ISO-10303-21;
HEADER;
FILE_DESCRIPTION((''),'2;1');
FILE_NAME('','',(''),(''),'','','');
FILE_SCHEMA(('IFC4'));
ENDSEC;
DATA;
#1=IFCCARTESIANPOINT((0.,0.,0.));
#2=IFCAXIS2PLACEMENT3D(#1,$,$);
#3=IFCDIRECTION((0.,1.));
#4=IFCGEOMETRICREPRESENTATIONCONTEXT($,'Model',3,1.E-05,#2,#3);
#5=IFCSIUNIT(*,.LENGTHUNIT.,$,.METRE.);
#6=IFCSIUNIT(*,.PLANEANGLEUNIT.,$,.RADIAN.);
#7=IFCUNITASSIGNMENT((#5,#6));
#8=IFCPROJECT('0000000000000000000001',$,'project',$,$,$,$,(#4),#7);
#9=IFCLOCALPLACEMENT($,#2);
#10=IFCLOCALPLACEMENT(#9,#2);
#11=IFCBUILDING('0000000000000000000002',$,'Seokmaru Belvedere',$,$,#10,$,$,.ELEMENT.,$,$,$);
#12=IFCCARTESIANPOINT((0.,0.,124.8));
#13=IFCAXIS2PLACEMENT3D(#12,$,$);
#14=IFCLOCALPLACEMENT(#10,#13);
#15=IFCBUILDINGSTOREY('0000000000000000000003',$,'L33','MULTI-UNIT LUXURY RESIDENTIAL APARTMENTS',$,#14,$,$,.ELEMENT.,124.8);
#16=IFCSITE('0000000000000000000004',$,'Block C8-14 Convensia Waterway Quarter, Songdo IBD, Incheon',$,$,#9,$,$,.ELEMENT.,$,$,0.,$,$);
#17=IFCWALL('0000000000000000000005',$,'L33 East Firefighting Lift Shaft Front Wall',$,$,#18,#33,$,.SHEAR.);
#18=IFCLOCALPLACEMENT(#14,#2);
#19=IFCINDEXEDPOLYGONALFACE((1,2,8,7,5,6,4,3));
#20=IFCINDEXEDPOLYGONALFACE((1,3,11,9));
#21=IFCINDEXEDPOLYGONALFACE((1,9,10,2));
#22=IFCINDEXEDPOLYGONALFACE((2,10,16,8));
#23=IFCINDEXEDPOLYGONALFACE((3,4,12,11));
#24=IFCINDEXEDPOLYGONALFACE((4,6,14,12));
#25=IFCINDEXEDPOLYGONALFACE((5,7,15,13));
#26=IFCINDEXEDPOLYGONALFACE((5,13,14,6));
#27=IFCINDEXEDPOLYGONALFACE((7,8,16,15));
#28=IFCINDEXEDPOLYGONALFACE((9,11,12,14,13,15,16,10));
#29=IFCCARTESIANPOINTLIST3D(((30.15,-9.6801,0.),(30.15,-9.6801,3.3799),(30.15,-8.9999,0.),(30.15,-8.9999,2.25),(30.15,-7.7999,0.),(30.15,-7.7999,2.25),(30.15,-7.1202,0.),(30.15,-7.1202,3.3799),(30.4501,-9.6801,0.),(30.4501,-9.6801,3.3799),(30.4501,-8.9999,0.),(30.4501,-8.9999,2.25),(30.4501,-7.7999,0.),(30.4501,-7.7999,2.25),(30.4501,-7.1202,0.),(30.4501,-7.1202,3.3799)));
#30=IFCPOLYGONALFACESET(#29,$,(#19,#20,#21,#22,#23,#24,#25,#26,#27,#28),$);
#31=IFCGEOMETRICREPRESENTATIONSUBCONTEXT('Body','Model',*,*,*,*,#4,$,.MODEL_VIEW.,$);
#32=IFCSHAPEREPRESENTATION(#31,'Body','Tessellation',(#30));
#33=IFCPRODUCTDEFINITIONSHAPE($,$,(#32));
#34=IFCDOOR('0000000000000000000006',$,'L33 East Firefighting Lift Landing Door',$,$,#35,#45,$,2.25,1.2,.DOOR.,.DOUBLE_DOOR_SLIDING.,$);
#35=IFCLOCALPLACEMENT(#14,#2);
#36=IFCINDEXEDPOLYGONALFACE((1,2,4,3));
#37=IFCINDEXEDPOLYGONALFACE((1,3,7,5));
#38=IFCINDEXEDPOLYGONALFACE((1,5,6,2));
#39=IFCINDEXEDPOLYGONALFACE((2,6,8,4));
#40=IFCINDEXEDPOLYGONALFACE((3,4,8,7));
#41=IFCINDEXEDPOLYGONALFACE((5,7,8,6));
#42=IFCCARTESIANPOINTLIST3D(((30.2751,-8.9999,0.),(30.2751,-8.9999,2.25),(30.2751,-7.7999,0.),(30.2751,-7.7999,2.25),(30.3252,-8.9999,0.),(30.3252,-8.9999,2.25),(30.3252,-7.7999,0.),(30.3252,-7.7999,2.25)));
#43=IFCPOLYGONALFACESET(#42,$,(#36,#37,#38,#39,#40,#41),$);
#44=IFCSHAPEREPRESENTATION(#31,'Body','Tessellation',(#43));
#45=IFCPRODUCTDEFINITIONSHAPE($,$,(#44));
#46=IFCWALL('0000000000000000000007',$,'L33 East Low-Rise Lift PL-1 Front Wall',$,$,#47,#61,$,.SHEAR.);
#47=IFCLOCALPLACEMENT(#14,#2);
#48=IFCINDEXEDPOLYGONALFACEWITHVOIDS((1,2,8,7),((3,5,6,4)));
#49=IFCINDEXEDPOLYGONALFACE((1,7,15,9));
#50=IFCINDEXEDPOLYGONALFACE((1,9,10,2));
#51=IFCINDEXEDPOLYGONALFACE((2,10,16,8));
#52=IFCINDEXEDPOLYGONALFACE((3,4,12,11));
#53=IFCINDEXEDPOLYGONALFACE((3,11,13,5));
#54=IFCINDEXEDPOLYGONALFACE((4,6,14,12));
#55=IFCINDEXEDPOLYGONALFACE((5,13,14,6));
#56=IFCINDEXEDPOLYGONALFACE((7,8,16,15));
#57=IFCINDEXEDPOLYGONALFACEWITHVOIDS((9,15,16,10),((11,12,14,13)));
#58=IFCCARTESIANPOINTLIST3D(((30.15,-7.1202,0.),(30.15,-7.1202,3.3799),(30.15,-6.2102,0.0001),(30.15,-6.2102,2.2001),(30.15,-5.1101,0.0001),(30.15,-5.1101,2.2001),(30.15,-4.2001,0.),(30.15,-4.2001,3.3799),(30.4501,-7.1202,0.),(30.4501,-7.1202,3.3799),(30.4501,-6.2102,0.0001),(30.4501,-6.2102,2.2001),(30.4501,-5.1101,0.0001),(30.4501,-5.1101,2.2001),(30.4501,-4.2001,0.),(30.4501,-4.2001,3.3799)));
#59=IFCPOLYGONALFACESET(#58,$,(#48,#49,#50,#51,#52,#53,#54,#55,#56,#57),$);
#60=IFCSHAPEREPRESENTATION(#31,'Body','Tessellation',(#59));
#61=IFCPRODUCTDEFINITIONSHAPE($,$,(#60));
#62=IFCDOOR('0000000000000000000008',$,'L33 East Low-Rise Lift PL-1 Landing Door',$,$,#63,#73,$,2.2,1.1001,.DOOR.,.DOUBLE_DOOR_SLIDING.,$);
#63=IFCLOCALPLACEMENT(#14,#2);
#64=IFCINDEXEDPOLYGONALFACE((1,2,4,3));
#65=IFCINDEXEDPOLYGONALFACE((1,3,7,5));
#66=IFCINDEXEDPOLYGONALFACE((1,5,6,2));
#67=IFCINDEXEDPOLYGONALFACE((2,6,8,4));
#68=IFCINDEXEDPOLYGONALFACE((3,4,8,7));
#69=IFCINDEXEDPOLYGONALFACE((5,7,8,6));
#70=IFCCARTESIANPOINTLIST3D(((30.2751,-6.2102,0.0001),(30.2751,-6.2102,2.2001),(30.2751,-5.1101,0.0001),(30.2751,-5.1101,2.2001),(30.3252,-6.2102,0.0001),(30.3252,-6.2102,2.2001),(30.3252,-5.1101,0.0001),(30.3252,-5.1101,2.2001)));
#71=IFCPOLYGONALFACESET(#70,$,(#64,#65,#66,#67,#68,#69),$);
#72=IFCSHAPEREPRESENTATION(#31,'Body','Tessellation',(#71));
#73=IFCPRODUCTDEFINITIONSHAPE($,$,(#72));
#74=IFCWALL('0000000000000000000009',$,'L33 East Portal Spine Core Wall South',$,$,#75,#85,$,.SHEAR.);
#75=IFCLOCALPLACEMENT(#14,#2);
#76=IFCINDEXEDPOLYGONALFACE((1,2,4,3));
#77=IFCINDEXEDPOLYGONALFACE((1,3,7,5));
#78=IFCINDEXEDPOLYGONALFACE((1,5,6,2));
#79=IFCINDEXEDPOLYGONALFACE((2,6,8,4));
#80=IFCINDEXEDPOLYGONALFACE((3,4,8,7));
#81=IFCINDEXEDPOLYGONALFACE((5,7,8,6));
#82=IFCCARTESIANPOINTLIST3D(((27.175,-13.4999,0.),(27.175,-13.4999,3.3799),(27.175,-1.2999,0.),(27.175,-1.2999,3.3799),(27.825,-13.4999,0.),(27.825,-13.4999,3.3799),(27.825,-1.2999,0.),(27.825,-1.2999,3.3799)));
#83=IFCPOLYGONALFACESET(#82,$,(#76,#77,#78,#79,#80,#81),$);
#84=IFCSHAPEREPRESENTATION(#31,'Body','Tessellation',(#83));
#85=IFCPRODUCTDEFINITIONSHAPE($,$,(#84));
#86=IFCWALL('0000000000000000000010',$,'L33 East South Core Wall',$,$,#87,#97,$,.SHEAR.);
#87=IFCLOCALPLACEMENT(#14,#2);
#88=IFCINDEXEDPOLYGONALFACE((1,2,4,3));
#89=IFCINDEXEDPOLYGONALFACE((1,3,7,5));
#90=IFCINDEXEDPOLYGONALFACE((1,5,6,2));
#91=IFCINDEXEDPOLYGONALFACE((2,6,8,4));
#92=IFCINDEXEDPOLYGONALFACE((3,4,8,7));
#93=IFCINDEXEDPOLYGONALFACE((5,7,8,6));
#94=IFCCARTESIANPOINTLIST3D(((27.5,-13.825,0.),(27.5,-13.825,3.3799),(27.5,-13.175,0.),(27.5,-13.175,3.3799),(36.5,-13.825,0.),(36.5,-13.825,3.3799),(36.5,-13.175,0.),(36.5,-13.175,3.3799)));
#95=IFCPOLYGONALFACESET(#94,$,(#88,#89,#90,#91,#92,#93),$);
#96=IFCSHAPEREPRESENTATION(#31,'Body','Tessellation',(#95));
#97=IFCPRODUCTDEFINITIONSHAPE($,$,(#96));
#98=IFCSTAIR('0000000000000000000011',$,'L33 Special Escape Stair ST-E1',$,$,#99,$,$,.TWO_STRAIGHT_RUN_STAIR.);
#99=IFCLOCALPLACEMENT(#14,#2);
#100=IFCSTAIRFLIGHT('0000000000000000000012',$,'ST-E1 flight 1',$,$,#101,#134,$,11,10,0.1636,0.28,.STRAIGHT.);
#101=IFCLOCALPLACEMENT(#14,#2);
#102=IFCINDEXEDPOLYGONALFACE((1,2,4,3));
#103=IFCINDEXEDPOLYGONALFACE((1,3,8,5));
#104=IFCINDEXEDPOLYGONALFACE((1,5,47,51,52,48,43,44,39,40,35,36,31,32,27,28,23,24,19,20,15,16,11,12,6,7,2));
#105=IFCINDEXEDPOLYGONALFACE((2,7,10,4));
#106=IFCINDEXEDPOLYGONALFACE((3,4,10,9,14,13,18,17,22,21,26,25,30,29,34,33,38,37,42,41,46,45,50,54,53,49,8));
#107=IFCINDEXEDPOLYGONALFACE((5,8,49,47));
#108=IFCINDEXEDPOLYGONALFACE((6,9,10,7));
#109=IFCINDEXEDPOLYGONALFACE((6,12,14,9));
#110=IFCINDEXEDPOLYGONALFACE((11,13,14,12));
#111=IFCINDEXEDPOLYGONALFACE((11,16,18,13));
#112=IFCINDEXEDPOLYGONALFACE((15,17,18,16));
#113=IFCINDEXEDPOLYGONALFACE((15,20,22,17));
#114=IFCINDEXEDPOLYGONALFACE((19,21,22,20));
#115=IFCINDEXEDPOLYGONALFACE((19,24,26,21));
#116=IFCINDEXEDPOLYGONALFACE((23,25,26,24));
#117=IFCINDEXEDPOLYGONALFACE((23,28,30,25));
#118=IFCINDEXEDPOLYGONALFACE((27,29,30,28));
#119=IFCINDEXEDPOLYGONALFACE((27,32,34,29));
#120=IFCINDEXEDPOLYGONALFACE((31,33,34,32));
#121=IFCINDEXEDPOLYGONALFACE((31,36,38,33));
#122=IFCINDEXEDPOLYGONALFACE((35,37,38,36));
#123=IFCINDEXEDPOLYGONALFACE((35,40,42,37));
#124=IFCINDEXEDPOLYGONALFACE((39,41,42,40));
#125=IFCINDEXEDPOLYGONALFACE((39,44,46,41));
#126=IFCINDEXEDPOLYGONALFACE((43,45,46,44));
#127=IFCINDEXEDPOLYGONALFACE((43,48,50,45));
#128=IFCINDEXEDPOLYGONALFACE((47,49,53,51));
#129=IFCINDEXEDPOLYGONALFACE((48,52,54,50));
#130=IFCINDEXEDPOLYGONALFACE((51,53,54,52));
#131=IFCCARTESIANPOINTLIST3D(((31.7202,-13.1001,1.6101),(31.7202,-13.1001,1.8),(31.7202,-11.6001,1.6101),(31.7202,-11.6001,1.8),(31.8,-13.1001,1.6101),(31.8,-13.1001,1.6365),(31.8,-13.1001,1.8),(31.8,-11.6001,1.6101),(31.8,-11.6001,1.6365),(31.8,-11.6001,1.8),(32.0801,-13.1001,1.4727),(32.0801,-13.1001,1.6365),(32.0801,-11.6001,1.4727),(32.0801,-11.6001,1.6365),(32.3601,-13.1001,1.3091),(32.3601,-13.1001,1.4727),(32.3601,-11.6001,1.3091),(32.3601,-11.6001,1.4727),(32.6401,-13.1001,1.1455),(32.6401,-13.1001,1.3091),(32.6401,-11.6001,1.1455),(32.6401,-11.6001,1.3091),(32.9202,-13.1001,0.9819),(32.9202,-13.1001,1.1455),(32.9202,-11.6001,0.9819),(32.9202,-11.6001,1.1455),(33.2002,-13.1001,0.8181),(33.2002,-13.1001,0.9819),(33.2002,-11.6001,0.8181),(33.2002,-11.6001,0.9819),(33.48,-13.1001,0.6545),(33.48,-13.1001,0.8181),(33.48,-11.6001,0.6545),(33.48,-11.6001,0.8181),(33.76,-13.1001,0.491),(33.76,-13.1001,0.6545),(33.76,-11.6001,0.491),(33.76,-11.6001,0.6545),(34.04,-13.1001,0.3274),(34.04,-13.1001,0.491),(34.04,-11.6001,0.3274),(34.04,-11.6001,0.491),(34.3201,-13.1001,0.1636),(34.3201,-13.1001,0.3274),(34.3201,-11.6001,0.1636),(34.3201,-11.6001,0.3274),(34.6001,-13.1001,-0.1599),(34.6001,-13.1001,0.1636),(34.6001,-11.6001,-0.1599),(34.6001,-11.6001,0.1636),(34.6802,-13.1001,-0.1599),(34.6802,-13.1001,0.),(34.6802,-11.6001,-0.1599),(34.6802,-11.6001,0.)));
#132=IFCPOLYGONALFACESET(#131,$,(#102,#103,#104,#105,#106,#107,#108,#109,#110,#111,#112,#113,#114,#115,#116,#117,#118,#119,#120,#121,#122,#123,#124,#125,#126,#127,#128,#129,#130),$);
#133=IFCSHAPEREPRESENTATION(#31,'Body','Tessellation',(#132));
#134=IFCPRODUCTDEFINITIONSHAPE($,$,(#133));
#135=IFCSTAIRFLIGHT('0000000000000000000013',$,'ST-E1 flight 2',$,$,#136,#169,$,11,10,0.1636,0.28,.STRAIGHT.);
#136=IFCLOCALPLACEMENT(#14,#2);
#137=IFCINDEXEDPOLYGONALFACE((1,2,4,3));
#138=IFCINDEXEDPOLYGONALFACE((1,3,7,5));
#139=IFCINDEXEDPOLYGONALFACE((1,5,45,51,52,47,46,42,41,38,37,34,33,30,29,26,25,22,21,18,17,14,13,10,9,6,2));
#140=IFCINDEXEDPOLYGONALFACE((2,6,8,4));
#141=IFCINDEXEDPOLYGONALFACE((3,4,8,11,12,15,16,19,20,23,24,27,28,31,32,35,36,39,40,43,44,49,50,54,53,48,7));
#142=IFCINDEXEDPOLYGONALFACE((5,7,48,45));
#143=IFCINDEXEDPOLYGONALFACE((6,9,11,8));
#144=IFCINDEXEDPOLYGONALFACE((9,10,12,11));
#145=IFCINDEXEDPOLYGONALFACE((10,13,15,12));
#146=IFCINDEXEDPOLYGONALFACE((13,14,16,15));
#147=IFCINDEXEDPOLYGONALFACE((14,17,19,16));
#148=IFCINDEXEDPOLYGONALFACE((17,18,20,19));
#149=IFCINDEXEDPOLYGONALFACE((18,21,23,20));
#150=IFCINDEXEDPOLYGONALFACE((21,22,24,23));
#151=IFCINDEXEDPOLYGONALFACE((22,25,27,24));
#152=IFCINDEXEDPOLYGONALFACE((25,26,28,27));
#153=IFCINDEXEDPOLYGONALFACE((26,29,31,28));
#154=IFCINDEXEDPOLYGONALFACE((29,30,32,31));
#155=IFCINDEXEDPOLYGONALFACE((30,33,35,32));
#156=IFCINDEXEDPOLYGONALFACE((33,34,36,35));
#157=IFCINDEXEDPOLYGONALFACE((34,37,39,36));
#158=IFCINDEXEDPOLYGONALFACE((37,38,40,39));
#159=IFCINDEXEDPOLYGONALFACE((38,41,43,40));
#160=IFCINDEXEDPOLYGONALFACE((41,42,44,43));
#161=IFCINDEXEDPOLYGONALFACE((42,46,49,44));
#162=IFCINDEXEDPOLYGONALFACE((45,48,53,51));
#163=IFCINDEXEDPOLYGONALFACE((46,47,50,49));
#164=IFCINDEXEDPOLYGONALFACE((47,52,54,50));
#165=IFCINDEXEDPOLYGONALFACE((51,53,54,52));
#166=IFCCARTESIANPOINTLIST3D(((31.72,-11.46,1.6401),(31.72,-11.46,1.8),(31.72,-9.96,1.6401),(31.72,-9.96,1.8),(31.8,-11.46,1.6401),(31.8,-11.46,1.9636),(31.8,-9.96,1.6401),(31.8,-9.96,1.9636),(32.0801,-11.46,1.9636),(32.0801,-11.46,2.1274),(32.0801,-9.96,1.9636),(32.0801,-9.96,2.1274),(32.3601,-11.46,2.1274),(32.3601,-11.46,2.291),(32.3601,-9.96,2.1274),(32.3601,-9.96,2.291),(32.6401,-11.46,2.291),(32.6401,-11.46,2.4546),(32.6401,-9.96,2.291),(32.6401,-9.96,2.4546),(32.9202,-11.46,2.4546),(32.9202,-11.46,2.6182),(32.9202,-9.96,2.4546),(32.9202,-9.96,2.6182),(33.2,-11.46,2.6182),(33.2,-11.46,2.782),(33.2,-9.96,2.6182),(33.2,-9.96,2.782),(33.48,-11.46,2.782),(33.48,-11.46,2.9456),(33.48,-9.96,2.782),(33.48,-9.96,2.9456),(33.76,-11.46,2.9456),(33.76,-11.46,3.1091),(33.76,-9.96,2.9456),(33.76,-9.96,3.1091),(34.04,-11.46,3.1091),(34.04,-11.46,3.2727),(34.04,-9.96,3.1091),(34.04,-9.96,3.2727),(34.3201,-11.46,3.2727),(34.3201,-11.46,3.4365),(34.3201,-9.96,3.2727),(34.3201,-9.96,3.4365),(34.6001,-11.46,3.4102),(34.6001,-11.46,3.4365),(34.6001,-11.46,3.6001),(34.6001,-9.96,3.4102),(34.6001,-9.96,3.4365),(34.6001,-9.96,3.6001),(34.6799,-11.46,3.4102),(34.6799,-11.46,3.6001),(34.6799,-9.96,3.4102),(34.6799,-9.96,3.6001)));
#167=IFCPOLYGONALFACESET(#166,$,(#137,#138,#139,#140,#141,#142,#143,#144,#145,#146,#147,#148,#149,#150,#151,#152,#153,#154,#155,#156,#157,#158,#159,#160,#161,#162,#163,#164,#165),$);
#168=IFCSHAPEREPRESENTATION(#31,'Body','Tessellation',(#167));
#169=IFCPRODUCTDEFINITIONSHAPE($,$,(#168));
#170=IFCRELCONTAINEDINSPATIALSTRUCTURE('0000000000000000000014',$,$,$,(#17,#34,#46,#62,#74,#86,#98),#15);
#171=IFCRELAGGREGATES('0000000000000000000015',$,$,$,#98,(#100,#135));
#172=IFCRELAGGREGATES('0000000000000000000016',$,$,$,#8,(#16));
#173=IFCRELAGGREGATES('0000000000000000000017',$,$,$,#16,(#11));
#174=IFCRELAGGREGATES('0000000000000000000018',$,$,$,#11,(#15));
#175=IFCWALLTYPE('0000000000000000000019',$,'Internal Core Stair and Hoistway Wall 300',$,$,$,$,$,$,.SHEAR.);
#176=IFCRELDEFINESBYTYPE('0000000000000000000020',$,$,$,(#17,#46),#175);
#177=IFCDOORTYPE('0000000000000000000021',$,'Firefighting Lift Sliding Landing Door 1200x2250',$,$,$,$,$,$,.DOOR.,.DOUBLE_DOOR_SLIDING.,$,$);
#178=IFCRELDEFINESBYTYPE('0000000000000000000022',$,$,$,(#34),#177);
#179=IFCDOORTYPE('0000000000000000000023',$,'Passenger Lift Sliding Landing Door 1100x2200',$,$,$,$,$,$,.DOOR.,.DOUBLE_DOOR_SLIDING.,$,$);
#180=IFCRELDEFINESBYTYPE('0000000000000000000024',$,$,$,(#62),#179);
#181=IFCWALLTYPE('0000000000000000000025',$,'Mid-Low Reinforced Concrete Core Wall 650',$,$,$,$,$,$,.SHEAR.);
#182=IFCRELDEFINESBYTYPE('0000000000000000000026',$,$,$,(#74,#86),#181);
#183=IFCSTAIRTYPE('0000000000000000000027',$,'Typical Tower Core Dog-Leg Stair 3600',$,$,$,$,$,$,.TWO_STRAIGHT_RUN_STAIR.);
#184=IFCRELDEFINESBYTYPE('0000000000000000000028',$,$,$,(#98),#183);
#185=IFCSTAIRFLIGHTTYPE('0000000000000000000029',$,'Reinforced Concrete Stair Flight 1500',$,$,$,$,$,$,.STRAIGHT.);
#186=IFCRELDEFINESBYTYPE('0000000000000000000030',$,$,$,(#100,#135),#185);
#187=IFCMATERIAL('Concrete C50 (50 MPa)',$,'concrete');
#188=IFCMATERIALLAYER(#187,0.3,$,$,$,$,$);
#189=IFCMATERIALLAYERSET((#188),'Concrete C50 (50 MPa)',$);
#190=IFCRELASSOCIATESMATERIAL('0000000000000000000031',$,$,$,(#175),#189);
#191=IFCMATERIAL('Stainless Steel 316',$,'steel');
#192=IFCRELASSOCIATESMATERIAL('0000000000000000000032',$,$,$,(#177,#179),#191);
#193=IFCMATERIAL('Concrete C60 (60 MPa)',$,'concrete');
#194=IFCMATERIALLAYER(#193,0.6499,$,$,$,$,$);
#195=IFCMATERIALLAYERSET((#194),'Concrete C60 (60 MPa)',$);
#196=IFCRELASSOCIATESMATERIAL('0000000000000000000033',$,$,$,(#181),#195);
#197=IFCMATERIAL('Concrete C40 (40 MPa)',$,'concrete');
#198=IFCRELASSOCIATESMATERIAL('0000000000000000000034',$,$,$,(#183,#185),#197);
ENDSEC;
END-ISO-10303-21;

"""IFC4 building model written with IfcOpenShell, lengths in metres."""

from ifc_helpers import new_model, si_unit, direction, frame, frame_2d, origin, place, context, subcontext, project, spatial, polyline, rectangle, outline, extrude, source, transform, mapped, material, layer, layer_set, type_object, type_shapes, element, fill, aggregate, save


model = new_model("IFC4")

# Units and contexts
model_context = context("Model", 3, precision=1e-05, world=origin(), true_north=direction((0.0, 1.0)))
body_context = subcontext(model_context, "Body", "Model", "MODEL_VIEW")
ifc_project = project(units=[si_unit("LENGTHUNIT", "METRE"), si_unit("PLANEANGLEUNIT", "RADIAN")], contexts=[model_context])

# Site, building, storey
site_placement = place(None, origin())
site = spatial("IfcSite", under=ifc_project, at=site_placement, Name="Block C8-14 Convensia Waterway Quarter, Songdo IBD, Incheon", CompositionType="ELEMENT", RefElevation=0.0)
building_placement = place(site_placement, origin())
building = spatial("IfcBuilding", under=site, at=building_placement, Name="Seokmaru Belvedere", CompositionType="ELEMENT")
storey_placement = place(building_placement, frame((0.0, 0.0, 124.8)))
storey = spatial("IfcBuildingStorey", under=building, at=storey_placement, Name="L33", Description="MULTI-UNIT LUXURY RESIDENTIAL APARTMENTS", CompositionType="ELEMENT", Elevation=124.8)

# Shared definitions
ifc_material_1 = material(Name="Concrete C50 (50 MPa)", Category="concrete")

# Walls, openings, doors
ifc_layer_1 = layer(ifc_material_1, 0.3)
ifc_layer_set_1 = layer_set([ifc_layer_1], Name="Concrete C50 (50 MPa)")
wall_type_1 = type_object("IfcWallType", Name="Internal Core Stair and Hoistway Wall 300", PredefinedType="SHEAR", material=ifc_layer_set_1)
wall_1_placement = place(storey_placement, frame((30.3, -9.6799, 0.0), z_axis=(0.0, 0.0, 1.0), x_axis=(0.0, 1.0, 0.0)))
wall_1 = element("IfcWall", 1, at=wall_1_placement, inside=storey, type_object=wall_type_1, Name="L33 East Firefighting Lift Shaft Front Wall", PredefinedType="SHEAR", context=body_context, shape_type="SweptSolid", body=[
    extrude(rectangle(XDim=2.5598, YDim=0.3, at=frame_2d((1.2798, 0.0))), origin(), (0.0, 0.0, 1.0), 3.3799),
])
opening_1_placement = place(wall_1_placement, frame((0.6799, 0.0, 0.0)))
opening_1 = element("IfcOpeningElement", 2, at=opening_1_placement, cuts=wall_1, PredefinedType="OPENING", context=body_context, shape_type="SweptSolid", body=[
    extrude(rectangle(XDim=1.2, YDim=2.25, at=frame_2d((0.6001, 1.125))), frame((0.0, 0.1602, 0.0), z_axis=(0.0, -1.0, 0.0), x_axis=(1.0, 0.0, 0.0)), (0.0, 0.0, 1.0), 0.3201),
])
ifc_material_2 = material(Name="Stainless Steel 316", Category="steel")
door_type_1 = type_object("IfcDoorType", Name="Firefighting Lift Sliding Landing Door 1200x2250", OperationType="DOUBLE_DOOR_SLIDING", PredefinedType="DOOR", material=ifc_material_2)
shared_shape_1 = source(origin(), body_context, "Body", "SweptSolid", [
    extrude(rectangle(XDim=1.2, YDim=2.25, at=frame_2d((0.6001, 1.125))), frame((0.0, 0.0249, 0.0), z_axis=(0.0, -1.0, 0.0), x_axis=(1.0, 0.0, 0.0)), (0.0, 0.0, 1.0), 0.05),
])
type_shapes(door_type_1, [shared_shape_1])
door_1_placement = place(opening_1_placement, origin())
door_1 = element("IfcDoor", 3, at=door_1_placement, inside=storey, type_object=door_type_1, Name="L33 East Firefighting Lift Landing Door", OperationType="DOUBLE_DOOR_SLIDING", OverallHeight=2.25, OverallWidth=1.2, PredefinedType="DOOR", context=body_context, shape_type="MappedRepresentation", body=[
    mapped(shared_shape_1, transform((0.0, 0.0, 0.0), scale=1.0)),
])
fill(opening_1, door_1)
wall_2_placement = place(storey_placement, frame((30.3, -7.1201, 0.0), z_axis=(0.0, 0.0, 1.0), x_axis=(0.0, 1.0, 0.0)))
wall_2 = element("IfcWall", 4, at=wall_2_placement, inside=storey, type_object=wall_type_1, Name="L33 East Low-Rise Lift PL-1 Front Wall", PredefinedType="SHEAR", context=body_context, shape_type="SweptSolid", body=[
    extrude(rectangle(XDim=2.9202, YDim=0.3, at=frame_2d((1.46, 0.0))), origin(), (0.0, 0.0, 1.0), 3.3799),
])
opening_2_placement = place(wall_2_placement, frame((0.9099, 0.0, 0.0)))
opening_2 = element("IfcOpeningElement", 5, at=opening_2_placement, cuts=wall_2, PredefinedType="OPENING", context=body_context, shape_type="SweptSolid", body=[
    extrude(rectangle(XDim=1.1001, YDim=2.2, at=frame_2d((0.55, 1.1001))), frame((0.0, 0.1602, 0.0), z_axis=(0.0, -1.0, 0.0), x_axis=(1.0, 0.0, 0.0)), (0.0, 0.0, 1.0), 0.3201),
])
door_type_2 = type_object("IfcDoorType", Name="Passenger Lift Sliding Landing Door 1100x2200", OperationType="DOUBLE_DOOR_SLIDING", PredefinedType="DOOR", material=ifc_material_2)
shared_shape_2 = source(origin(), body_context, "Body", "SweptSolid", [
    extrude(rectangle(XDim=1.1001, YDim=2.2, at=frame_2d((0.55, 1.1001))), frame((0.0, 0.0249, 0.0), z_axis=(0.0, -1.0, 0.0), x_axis=(1.0, 0.0, 0.0)), (0.0, 0.0, 1.0), 0.05),
])
type_shapes(door_type_2, [shared_shape_2])
door_2_placement = place(opening_2_placement, origin())
door_2 = element("IfcDoor", 6, at=door_2_placement, inside=storey, type_object=door_type_2, Name="L33 East Low-Rise Lift PL-1 Landing Door", OperationType="DOUBLE_DOOR_SLIDING", OverallHeight=2.2, OverallWidth=1.1001, PredefinedType="DOOR", context=body_context, shape_type="MappedRepresentation", body=[
    mapped(shared_shape_2, transform((0.0, 0.0, 0.0), scale=1.0)),
])
fill(opening_2, door_2)

# Walls
ifc_material_3 = material(Name="Concrete C60 (60 MPa)", Category="concrete")
ifc_layer_2 = layer(ifc_material_3, 0.6499)
ifc_layer_set_2 = layer_set([ifc_layer_2], Name="Concrete C60 (60 MPa)")
wall_type_2 = type_object("IfcWallType", Name="Mid-Low Reinforced Concrete Core Wall 650", PredefinedType="SHEAR", material=ifc_layer_set_2)
wall_3_placement = place(storey_placement, frame((27.5, -13.5, 0.0), z_axis=(0.0, 0.0, 1.0), x_axis=(0.0, 1.0, 0.0)))
element("IfcWall", 7, at=wall_3_placement, inside=storey, type_object=wall_type_2, Name="L33 East Portal Spine Core Wall South", PredefinedType="SHEAR", context=body_context, shape_type="SweptSolid", body=[
    extrude(rectangle(XDim=12.2, YDim=0.6499, at=frame_2d((6.1001, 0.0))), origin(), (0.0, 0.0, 1.0), 3.3799),
])
wall_4_placement = place(storey_placement, frame((27.5, -13.5, 0.0), z_axis=(0.0, 0.0, 1.0), x_axis=(1.0, 0.0, 0.0)))
element("IfcWall", 8, at=wall_4_placement, inside=storey, type_object=wall_type_2, Name="L33 East South Core Wall", PredefinedType="SHEAR", context=body_context, shape_type="SweptSolid", body=[
    extrude(rectangle(XDim=9.0, YDim=0.6499, at=frame_2d((4.5, 0.0))), origin(), (0.0, 0.0, 1.0), 3.3799),
])

# Stair, stair flights
ifc_material_4 = material(Name="Concrete C40 (40 MPa)", Category="concrete")
stair_type = type_object("IfcStairType", Name="Typical Tower Core Dog-Leg Stair 3600", PredefinedType="TWO_STRAIGHT_RUN_STAIR", material=ifc_material_4)
stair_placement = place(storey_placement, origin())
stair = element("IfcStair", 9, at=stair_placement, inside=storey, type_object=stair_type, Name="L33 Special Escape Stair ST-E1", PredefinedType="TWO_STRAIGHT_RUN_STAIR")
stair_flight_type = type_object("IfcStairFlightType", Name="Reinforced Concrete Stair Flight 1500", PredefinedType="STRAIGHT", material=ifc_material_4)
stair_flight_1_placement = place(storey_placement, frame((34.6001, -12.3501, 0.0), z_axis=(0.0, 0.0, 1.0), x_axis=(-1.0, 0.0, 0.0)))
stair_flight_1 = element("IfcStairFlight", 10, at=stair_flight_1_placement, type_object=stair_flight_type, Name="ST-E1 flight 1", NumberOfRisers=11, NumberOfTreads=10, PredefinedType="STRAIGHT", RiserHeight=0.1636, TreadLength=0.28, context=body_context, shape_type="SweptSolid", body=[
    extrude(outline(polyline([(-0.0801, 0.0), (0.0, 0.1636), (0.28, 0.1636), (0.28, 0.3274), (0.5601, 0.3274), (0.5601, 0.491), (0.8401, 0.491), (0.8401, 0.6545), (1.1201, 0.6545), (1.1201, 0.8181), (1.3999, 0.8181), (1.3999, 0.9819), (1.6799, 0.9819), (1.6799, 1.1455), (1.96, 1.1455), (1.96, 1.3091), (2.24, 1.3091), (2.24, 1.4727), (2.52, 1.4727), (2.52, 1.6365), (2.8, 1.6365), (2.8, 1.8), (2.8799, 1.8), (2.8799, 1.6101), (2.8, 1.6101), (0.0, -0.1599), (-0.0801, -0.1599), (-0.0801, 0.0)])), frame((0.0, 0.75, 0.0), z_axis=(0.0, -1.0, 0.0), x_axis=(1.0, 0.0, 0.0)), (0.0, 0.0, 1.0), 1.5),
])
stair_flight_2_placement = place(storey_placement, frame((31.8, -10.71, 1.8), z_axis=(0.0, 0.0, 1.0), x_axis=(1.0, 0.0, 0.0)))
stair_flight_2 = element("IfcStairFlight", 11, at=stair_flight_2_placement, type_object=stair_flight_type, Name="ST-E1 flight 2", NumberOfRisers=11, NumberOfTreads=10, PredefinedType="STRAIGHT", RiserHeight=0.1636, TreadLength=0.28, context=body_context, shape_type="SweptSolid", body=[
    extrude(outline(polyline([(-0.0801, 0.0), (0.0, 0.1636), (0.28, 0.1636), (0.28, 0.3274), (0.5601, 0.3274), (0.5601, 0.491), (0.8401, 0.491), (0.8401, 0.6545), (1.1201, 0.6545), (1.1201, 0.8181), (1.3999, 0.8181), (1.3999, 0.9819), (1.6799, 0.9819), (1.6799, 1.1455), (1.96, 1.1455), (1.96, 1.3091), (2.24, 1.3091), (2.24, 1.4727), (2.52, 1.4727), (2.52, 1.6365), (2.8, 1.6365), (2.8, 1.8), (2.8799, 1.8), (2.8799, 1.6101), (2.8, 1.6101), (0.0, -0.1599), (-0.0801, -0.1599), (-0.0801, 0.0)])), frame((0.0, 0.75, 0.0), z_axis=(0.0, -1.0, 0.0), x_axis=(1.0, 0.0, 0.0)), (0.0, 0.0, 1.0), 1.5),
])
aggregate(stair, [stair_flight_1, stair_flight_2])

save(model, "model.ifc")
